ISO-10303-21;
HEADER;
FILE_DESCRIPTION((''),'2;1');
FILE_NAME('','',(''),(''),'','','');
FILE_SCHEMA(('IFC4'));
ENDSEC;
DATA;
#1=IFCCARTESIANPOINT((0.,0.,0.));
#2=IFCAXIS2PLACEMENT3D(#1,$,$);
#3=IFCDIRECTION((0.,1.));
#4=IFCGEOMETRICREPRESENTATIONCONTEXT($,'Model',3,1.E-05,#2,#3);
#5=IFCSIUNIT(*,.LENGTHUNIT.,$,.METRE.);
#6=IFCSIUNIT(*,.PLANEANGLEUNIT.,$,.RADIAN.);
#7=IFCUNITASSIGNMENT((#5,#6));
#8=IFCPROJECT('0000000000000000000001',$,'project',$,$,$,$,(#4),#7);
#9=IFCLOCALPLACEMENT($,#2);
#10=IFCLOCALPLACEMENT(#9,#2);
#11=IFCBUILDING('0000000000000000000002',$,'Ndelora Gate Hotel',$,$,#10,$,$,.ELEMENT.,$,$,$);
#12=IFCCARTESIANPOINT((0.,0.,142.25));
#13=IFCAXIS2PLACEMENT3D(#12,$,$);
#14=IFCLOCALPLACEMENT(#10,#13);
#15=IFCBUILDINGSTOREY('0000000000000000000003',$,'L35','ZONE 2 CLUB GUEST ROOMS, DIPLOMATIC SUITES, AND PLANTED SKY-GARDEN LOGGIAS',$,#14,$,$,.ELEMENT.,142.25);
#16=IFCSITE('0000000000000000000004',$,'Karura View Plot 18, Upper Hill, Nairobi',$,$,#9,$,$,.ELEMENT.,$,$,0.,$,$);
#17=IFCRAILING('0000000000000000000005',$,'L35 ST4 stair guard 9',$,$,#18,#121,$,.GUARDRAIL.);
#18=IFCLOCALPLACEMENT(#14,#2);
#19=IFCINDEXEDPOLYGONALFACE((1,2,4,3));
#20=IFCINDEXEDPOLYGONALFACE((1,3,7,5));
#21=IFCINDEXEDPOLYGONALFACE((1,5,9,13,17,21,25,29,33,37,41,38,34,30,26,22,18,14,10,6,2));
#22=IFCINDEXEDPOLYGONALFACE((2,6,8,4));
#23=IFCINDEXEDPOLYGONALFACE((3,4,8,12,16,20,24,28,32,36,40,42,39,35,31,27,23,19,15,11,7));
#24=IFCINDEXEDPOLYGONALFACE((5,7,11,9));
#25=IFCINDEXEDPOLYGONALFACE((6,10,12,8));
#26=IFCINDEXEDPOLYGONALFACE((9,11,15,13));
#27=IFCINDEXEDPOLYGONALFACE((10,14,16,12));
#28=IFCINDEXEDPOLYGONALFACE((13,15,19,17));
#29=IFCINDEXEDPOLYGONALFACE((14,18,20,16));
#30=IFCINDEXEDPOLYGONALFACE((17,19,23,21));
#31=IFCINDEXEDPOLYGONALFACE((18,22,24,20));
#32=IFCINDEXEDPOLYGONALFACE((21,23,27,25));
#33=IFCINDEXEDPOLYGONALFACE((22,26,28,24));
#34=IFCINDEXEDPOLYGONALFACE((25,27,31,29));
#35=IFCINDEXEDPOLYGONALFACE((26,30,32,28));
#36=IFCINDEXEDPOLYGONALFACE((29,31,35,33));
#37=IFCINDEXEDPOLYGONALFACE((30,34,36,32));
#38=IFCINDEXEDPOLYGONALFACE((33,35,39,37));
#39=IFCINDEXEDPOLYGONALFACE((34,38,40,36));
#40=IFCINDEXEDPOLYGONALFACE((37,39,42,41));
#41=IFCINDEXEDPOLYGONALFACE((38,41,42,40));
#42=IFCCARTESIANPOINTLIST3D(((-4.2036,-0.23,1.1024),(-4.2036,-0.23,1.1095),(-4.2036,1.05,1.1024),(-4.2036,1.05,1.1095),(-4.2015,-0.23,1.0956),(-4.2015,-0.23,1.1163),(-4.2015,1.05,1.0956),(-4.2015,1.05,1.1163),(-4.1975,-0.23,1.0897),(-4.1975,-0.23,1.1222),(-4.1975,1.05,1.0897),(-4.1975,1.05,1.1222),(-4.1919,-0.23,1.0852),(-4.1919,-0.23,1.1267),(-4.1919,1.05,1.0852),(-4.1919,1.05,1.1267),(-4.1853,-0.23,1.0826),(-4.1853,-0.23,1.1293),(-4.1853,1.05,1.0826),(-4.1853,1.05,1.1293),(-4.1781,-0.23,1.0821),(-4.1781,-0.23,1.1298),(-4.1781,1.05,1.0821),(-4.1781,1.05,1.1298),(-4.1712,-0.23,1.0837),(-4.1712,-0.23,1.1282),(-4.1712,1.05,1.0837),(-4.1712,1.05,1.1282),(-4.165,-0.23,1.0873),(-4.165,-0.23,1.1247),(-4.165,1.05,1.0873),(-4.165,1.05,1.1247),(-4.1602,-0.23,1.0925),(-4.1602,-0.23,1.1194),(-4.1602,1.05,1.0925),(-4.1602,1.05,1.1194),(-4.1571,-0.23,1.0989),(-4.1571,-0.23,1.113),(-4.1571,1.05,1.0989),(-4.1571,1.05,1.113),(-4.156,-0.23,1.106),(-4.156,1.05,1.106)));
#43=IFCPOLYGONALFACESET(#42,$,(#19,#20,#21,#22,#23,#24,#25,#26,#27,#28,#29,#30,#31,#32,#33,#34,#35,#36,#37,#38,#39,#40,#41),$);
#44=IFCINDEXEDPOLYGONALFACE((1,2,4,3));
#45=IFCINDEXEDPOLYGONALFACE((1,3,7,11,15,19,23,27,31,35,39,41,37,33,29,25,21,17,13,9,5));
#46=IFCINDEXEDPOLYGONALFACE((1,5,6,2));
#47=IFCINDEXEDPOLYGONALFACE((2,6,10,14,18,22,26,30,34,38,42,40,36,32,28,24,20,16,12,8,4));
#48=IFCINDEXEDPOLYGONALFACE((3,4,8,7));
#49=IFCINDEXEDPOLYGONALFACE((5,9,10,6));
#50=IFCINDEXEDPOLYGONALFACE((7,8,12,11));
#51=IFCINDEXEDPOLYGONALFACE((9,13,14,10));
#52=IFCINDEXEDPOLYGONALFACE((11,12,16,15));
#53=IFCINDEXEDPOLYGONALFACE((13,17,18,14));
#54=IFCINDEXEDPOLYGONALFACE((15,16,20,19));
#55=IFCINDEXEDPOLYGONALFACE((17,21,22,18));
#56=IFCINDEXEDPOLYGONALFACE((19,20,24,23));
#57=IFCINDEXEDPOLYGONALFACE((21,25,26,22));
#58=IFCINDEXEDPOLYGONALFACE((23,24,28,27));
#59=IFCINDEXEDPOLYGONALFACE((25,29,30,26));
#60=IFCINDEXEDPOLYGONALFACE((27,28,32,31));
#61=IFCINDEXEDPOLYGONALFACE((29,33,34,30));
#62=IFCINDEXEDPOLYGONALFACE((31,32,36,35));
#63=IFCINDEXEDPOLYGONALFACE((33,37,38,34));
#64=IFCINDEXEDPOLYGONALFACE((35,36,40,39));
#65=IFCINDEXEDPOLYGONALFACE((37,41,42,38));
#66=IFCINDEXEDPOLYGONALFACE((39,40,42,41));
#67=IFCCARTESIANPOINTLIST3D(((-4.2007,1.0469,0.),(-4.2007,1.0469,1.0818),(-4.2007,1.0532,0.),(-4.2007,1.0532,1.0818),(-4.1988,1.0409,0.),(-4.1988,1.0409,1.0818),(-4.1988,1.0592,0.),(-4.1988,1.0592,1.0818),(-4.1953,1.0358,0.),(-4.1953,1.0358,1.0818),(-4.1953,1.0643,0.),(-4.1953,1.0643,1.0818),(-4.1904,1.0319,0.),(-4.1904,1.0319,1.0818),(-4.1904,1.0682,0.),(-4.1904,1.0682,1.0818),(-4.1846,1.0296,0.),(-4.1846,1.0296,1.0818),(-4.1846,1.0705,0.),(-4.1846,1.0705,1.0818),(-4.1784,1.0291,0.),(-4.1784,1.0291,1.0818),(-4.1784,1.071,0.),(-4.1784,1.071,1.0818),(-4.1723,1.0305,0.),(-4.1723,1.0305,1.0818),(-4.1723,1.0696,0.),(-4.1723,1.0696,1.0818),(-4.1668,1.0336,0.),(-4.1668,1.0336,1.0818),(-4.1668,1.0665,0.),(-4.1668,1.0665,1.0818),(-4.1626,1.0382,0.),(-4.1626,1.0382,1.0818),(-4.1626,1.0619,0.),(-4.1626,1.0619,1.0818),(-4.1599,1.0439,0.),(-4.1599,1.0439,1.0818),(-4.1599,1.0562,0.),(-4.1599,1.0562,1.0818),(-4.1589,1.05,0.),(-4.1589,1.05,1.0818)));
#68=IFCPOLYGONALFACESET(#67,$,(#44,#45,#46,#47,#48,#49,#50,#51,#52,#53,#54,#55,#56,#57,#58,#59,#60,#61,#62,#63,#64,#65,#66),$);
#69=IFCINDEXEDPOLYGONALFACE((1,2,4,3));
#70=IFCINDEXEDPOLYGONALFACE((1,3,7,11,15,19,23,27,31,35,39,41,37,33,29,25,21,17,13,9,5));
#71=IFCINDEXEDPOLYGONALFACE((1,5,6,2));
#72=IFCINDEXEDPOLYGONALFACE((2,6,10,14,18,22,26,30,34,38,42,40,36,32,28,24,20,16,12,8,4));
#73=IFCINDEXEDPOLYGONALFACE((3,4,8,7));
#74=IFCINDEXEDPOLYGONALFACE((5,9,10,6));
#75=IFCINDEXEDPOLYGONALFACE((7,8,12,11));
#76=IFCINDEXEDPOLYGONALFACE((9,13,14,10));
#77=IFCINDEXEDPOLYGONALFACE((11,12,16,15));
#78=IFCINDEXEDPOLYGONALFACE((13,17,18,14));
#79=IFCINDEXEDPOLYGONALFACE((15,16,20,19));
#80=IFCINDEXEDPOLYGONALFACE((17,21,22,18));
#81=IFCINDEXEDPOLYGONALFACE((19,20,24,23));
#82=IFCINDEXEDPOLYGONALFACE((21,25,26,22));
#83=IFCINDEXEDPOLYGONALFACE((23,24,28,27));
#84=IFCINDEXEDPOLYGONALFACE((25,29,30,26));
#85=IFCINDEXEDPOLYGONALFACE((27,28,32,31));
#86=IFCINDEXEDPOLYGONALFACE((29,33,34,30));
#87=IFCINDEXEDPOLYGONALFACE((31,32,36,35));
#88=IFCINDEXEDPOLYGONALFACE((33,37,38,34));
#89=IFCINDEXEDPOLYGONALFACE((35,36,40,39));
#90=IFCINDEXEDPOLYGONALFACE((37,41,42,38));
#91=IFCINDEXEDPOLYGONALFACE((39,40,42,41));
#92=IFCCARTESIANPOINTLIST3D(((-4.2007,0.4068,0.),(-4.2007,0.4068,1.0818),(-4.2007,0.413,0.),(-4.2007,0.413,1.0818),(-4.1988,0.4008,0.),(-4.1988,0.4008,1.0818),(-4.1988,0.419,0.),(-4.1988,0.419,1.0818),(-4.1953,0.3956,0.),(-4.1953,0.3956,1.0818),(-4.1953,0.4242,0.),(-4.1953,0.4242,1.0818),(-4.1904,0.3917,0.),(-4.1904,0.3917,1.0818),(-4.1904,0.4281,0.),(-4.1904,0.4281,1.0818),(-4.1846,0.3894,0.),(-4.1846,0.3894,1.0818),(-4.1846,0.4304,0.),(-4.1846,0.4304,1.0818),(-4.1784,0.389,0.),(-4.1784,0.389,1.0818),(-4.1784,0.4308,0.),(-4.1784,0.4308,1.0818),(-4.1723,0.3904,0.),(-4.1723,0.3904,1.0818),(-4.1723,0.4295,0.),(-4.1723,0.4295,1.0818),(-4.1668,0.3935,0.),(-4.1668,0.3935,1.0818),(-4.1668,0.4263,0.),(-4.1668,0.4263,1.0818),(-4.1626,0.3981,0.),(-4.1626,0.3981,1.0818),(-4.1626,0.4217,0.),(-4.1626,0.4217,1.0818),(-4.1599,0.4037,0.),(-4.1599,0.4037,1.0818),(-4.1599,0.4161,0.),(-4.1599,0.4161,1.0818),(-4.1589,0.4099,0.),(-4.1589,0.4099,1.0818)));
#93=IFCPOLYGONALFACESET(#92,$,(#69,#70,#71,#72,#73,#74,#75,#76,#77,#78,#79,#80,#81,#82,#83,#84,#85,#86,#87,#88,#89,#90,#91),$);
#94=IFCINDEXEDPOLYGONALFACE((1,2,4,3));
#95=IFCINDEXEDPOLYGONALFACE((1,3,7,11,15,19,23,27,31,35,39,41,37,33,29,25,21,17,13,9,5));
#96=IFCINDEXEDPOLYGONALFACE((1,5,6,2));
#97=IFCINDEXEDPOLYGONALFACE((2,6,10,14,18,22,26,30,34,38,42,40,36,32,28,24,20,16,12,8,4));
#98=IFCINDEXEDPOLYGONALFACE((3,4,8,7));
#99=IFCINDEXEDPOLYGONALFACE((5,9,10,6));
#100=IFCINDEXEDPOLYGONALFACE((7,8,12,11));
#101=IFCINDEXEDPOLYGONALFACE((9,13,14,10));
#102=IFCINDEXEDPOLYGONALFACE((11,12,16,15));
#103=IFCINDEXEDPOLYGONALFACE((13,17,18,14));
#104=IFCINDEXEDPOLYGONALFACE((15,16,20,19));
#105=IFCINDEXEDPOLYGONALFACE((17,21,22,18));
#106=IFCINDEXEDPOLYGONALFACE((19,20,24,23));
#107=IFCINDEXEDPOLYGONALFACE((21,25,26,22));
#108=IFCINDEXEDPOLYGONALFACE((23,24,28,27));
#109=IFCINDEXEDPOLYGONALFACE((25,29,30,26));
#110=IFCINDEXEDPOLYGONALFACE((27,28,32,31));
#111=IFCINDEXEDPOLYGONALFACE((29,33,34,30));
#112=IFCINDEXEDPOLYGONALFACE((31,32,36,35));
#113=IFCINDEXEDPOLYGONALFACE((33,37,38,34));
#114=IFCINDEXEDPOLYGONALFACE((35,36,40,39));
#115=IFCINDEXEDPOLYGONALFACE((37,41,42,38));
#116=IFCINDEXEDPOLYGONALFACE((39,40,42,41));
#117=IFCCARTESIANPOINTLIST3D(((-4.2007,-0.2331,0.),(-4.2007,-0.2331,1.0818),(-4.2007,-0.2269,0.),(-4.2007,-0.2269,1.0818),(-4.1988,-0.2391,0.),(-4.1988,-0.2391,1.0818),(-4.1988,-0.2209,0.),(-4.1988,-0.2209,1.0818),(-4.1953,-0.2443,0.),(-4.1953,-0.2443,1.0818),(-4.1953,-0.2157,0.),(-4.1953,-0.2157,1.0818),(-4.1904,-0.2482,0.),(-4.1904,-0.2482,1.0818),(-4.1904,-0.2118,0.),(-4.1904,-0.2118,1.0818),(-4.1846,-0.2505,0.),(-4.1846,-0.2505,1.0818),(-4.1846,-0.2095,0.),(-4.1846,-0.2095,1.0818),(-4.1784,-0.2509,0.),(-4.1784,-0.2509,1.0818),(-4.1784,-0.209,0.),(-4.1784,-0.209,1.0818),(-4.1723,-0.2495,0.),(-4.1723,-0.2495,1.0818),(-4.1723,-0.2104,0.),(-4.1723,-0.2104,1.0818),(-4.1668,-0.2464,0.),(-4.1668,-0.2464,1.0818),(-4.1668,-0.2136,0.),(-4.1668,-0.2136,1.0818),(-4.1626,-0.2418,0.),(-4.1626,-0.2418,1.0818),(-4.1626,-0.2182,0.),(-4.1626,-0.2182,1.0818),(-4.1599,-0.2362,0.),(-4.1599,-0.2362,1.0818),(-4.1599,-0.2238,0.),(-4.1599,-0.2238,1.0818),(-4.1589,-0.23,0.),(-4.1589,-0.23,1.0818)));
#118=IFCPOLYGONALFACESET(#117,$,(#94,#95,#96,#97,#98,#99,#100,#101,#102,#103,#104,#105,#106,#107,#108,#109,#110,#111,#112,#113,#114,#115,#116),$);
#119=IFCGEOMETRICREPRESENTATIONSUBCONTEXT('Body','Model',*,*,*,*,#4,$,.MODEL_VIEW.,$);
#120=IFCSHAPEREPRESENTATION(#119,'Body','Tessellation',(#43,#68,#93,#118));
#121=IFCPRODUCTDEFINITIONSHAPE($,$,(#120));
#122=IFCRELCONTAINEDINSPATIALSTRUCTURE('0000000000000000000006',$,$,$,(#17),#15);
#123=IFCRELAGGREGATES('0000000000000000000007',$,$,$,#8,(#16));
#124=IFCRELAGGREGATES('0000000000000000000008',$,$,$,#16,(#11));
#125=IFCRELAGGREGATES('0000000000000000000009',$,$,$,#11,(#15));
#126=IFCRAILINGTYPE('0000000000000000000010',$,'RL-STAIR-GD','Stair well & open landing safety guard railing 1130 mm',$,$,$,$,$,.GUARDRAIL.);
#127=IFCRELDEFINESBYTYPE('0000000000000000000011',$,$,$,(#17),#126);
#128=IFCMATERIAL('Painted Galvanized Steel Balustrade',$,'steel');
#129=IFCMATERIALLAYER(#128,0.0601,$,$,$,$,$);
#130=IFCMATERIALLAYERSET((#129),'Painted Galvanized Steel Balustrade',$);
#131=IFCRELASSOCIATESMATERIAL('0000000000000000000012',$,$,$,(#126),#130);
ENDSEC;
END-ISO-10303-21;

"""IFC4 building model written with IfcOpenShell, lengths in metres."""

from ifc_helpers import new_model, si_unit, direction, frame, origin, origin_2d, place, context, subcontext, project, spatial, circle, extrude, material, layer, layer_set, type_object, element, save


model = new_model("IFC4")

# Units and contexts
model_context = context("Model", 3, precision=1e-05, world=origin(), true_north=direction((0.0, 1.0)))
body_context = subcontext(model_context, "Body", "Model", "MODEL_VIEW")
ifc_project = project(units=[si_unit("LENGTHUNIT", "METRE"), si_unit("PLANEANGLEUNIT", "RADIAN")], contexts=[model_context])

# Site, building, storey
site_placement = place(None, origin())
site = spatial("IfcSite", under=ifc_project, at=site_placement, Name="Karura View Plot 18, Upper Hill, Nairobi", CompositionType="ELEMENT", RefElevation=0.0)
building_placement = place(site_placement, origin())
building = spatial("IfcBuilding", under=site, at=building_placement, Name="Ndelora Gate Hotel", CompositionType="ELEMENT")
storey_placement = place(building_placement, frame((0.0, 0.0, 142.25)))
storey = spatial("IfcBuildingStorey", under=building, at=storey_placement, Name="L35", Description="ZONE 2 CLUB GUEST ROOMS, DIPLOMATIC SUITES, AND PLANTED SKY-GARDEN LOGGIAS", CompositionType="ELEMENT", Elevation=142.25)

# Railing
ifc_material_1 = material(Name="Painted Galvanized Steel Balustrade", Category="steel")
ifc_layer_1 = layer(ifc_material_1, 0.0601)
ifc_layer_set_1 = layer_set([ifc_layer_1], Name="Painted Galvanized Steel Balustrade")
railing_type_1 = type_object("IfcRailingType", Name="RL-STAIR-GD", Description="Stair well & open landing safety guard railing 1130 mm", PredefinedType="GUARDRAIL", material=ifc_layer_set_1)
for number, where, name in (
    (1, (-4.1799, 1.05, 0.0), "L35 ST4 stair guard 9"),
):
    element("IfcRailing", number, at=place(storey_placement, frame(where)), inside=storey, type_object=railing_type_1, Name=name, PredefinedType="GUARDRAIL", context=body_context, shape_type="SweptSolid", body=[
        extrude(circle(Radius=0.0239, at=origin_2d()), frame((0.0, 0.0, 1.106), z_axis=(0.0, -1.0, 0.0), x_axis=(1.0, 0.0, 0.0)), (0.0, 0.0, 1.0), 1.28),
        extrude(circle(Radius=0.021, at=origin_2d()), origin(), (0.0, 0.0, 1.0), 1.0818),
        extrude(circle(Radius=0.021, at=origin_2d()), frame((0.0, -0.6401, 0.0)), (0.0, 0.0, 1.0), 1.0818),
        extrude(circle(Radius=0.021, at=origin_2d()), frame((0.0, -1.28, 0.0)), (0.0, 0.0, 1.0), 1.0818),
    ])

save(model, "model.ifc")
